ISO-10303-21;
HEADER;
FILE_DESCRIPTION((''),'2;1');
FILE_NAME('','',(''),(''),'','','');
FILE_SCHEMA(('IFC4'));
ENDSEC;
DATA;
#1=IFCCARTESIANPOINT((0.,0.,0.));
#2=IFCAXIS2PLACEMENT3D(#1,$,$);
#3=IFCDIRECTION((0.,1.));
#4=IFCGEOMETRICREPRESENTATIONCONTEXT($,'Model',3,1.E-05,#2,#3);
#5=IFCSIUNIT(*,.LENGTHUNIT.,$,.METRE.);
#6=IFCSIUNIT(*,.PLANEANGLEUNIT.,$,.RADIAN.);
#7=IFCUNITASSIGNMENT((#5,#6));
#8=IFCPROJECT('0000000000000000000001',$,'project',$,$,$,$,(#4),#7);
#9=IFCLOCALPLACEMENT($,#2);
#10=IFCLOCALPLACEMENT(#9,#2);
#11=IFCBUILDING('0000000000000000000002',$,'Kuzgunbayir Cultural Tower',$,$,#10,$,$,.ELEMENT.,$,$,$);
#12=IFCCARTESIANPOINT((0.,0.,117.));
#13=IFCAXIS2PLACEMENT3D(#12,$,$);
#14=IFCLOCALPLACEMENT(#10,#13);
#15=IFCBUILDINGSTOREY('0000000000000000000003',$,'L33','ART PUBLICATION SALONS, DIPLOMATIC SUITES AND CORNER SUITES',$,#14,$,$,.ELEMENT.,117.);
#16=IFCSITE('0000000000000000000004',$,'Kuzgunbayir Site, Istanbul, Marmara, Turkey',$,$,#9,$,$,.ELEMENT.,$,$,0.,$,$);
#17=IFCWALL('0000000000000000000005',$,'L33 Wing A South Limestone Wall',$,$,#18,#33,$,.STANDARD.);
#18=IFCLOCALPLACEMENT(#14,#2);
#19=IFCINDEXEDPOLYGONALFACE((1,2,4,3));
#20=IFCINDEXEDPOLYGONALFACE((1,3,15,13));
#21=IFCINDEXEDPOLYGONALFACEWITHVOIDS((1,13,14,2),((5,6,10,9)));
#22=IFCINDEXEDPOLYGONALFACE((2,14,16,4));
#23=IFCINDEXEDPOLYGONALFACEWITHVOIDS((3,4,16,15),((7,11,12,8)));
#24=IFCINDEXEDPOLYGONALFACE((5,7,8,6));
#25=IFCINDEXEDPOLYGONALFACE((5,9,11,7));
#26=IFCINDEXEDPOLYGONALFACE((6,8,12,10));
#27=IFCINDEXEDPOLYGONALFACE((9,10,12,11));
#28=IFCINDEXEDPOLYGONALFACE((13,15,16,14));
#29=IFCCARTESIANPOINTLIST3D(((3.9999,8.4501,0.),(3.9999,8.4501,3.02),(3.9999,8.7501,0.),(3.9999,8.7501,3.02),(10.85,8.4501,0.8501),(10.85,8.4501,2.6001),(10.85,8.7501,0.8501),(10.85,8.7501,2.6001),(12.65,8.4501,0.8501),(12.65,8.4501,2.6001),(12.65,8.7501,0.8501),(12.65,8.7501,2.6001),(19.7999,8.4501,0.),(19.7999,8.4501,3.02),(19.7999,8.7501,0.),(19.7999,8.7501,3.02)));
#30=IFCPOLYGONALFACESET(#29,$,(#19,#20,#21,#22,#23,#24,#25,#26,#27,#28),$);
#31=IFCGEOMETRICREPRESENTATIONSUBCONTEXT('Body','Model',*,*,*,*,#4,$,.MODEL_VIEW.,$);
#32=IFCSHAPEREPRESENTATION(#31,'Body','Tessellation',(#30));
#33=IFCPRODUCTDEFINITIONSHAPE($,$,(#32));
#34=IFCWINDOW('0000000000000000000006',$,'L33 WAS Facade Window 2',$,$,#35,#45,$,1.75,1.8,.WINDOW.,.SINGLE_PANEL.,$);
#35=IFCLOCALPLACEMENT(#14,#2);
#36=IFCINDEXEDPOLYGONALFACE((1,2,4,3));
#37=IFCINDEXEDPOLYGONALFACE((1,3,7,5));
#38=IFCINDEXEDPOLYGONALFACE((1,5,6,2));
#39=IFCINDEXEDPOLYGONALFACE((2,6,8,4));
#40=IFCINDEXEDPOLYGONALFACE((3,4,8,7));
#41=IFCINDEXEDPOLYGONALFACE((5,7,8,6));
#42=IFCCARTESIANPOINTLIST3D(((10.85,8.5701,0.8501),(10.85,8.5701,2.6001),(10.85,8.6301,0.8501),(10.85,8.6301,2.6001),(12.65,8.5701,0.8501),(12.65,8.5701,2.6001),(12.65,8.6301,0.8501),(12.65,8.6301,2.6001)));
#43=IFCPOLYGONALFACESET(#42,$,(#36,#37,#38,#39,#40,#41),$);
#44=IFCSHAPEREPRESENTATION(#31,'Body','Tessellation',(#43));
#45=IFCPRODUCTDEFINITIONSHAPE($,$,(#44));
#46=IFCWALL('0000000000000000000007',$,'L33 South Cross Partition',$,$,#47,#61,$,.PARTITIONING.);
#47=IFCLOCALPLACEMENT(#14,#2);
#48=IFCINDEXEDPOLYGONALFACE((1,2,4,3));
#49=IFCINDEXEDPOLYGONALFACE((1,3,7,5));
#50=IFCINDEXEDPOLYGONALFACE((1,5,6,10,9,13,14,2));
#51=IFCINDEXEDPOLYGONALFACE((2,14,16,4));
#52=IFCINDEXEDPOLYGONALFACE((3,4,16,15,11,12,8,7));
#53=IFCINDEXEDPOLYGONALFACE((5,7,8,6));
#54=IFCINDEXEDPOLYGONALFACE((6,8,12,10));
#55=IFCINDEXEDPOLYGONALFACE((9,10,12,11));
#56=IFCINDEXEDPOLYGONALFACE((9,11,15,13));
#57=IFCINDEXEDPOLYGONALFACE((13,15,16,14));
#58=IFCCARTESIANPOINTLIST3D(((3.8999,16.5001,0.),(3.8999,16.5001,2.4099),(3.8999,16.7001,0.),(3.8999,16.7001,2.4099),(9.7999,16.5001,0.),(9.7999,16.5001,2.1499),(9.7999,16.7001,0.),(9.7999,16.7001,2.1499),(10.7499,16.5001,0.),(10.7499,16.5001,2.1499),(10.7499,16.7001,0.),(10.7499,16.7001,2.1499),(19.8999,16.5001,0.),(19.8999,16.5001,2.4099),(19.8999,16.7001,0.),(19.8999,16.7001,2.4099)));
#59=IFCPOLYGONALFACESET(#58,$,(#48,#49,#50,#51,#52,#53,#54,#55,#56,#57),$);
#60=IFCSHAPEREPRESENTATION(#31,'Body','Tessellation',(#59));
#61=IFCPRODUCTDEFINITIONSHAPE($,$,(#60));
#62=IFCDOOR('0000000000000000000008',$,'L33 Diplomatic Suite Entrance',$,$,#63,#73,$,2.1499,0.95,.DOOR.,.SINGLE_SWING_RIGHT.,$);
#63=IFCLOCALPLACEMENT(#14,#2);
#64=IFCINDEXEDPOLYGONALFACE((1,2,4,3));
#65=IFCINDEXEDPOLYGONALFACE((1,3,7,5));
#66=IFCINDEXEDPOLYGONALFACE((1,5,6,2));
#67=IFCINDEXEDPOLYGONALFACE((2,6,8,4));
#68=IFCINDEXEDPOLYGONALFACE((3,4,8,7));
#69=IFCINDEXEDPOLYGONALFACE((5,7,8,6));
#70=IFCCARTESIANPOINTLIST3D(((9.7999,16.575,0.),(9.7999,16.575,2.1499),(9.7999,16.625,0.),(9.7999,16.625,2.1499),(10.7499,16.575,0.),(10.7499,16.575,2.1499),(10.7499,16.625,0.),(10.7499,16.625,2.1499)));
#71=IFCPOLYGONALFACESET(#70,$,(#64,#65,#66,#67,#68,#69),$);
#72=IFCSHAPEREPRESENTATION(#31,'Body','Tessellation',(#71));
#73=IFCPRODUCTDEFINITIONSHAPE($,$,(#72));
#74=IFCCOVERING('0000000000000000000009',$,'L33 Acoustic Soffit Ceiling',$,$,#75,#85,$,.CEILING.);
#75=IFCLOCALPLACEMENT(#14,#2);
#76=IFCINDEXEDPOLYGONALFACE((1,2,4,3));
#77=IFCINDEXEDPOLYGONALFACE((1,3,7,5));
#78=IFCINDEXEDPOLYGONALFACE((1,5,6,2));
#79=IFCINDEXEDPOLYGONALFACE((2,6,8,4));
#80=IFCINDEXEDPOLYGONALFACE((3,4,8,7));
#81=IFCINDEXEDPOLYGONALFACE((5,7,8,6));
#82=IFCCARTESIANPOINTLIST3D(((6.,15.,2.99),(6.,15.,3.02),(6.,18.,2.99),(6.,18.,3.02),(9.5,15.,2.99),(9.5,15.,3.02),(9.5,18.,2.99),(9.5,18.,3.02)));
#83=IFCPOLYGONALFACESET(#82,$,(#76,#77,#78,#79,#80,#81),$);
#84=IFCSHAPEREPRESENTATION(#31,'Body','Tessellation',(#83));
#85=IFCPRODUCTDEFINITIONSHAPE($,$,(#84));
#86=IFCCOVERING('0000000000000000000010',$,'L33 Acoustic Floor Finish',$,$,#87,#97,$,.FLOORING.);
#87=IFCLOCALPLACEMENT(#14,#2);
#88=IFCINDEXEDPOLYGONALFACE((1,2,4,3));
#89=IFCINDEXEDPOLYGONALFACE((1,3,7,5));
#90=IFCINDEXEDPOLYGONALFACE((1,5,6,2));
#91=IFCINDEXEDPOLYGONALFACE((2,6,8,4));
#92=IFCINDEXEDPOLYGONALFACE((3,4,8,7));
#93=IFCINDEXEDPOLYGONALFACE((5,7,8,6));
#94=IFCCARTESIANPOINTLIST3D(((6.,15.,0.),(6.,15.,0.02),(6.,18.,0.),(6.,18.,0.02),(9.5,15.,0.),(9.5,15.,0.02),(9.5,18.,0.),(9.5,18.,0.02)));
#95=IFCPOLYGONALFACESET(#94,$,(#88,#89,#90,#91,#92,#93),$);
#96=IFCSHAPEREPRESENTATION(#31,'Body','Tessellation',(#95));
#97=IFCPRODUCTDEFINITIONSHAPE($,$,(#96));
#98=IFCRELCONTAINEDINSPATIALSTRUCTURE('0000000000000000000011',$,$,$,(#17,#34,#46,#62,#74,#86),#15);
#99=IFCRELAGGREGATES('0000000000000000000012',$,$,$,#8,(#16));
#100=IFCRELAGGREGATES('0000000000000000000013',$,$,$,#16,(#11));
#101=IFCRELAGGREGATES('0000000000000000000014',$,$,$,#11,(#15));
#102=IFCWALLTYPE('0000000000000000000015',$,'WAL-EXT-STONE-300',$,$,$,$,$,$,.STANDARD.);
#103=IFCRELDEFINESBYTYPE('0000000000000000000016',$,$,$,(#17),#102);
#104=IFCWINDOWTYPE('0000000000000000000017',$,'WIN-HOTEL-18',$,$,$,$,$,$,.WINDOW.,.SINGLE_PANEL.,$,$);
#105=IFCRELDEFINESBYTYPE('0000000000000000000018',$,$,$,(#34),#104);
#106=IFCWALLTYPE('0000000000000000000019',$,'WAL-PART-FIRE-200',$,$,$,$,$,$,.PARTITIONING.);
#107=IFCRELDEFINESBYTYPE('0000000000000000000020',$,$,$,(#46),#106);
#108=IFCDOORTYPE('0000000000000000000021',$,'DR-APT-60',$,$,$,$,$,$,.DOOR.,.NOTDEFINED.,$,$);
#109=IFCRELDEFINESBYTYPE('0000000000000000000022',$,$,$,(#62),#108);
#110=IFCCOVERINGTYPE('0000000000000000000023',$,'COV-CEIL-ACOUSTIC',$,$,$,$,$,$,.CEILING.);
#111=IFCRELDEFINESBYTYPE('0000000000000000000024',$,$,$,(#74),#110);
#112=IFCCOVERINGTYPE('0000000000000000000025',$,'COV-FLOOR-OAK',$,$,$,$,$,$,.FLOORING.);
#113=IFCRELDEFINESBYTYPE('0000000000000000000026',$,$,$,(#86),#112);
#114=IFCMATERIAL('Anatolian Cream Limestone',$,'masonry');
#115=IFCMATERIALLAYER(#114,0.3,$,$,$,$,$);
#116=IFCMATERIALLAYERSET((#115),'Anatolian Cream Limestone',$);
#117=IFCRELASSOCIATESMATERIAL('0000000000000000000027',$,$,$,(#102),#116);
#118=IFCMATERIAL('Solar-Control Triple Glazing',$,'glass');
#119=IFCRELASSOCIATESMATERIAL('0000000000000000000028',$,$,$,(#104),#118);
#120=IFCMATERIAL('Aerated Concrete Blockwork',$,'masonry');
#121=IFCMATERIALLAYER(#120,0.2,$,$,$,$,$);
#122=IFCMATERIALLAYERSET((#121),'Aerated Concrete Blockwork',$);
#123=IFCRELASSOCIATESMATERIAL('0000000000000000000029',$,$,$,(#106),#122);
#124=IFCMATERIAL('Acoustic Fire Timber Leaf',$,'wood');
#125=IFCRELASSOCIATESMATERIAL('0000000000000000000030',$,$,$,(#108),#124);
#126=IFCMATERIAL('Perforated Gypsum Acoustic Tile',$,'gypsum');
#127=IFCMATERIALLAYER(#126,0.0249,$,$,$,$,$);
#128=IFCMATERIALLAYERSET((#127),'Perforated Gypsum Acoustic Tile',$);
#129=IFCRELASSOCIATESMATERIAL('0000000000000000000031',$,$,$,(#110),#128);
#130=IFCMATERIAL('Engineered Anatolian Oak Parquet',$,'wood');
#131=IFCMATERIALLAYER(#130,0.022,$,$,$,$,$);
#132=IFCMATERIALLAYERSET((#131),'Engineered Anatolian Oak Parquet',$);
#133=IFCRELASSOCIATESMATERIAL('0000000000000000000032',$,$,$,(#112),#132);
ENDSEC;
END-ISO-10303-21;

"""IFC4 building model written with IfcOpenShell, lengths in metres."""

from ifc_helpers import new_model, si_unit, direction, frame, frame_2d, origin, place, context, subcontext, project, spatial, polyline, rectangle, outline, extrude, material, layer, layer_set, type_object, element, fill, save


model = new_model("IFC4")

# Units and contexts
model_context = context("Model", 3, precision=1e-05, world=origin(), true_north=direction((0.0, 1.0)))
body_context = subcontext(model_context, "Body", "Model", "MODEL_VIEW")
ifc_project = project(units=[si_unit("LENGTHUNIT", "METRE"), si_unit("PLANEANGLEUNIT", "RADIAN")], contexts=[model_context])

# Site, building, storey
site_placement = place(None, origin())
site = spatial("IfcSite", under=ifc_project, at=site_placement, Name="Kuzgunbayir Site, Istanbul, Marmara, Turkey", CompositionType="ELEMENT", RefElevation=0.0)
building_placement = place(site_placement, origin())
building = spatial("IfcBuilding", under=site, at=building_placement, Name="Kuzgunbayir Cultural Tower", CompositionType="ELEMENT")
storey_placement = place(building_placement, frame((0.0, 0.0, 117.0)))
storey = spatial("IfcBuildingStorey", under=building, at=storey_placement, Name="L33", Description="ART PUBLICATION SALONS, DIPLOMATIC SUITES AND CORNER SUITES", CompositionType="ELEMENT", Elevation=117.0)

# Wall, opening, window
ifc_material_1 = material(Name="Anatolian Cream Limestone", Category="masonry")
ifc_layer_1 = layer(ifc_material_1, 0.3)
ifc_layer_set_1 = layer_set([ifc_layer_1], Name="Anatolian Cream Limestone")
wall_type_1 = type_object("IfcWallType", Name="WAL-EXT-STONE-300", PredefinedType="STANDARD", material=ifc_layer_set_1)
wall_1_placement = place(storey_placement, frame((4.0, 8.6001, 0.0), z_axis=(0.0, 0.0, 1.0), x_axis=(1.0, 0.0, 0.0)))
wall_1 = element("IfcWall", 1, at=wall_1_placement, inside=storey, type_object=wall_type_1, Name="L33 Wing A South Limestone Wall", PredefinedType="STANDARD", context=body_context, shape_type="SweptSolid", body=[
    extrude(rectangle(XDim=15.8, YDim=0.3, at=frame_2d((7.8999, 0.0))), origin(), (0.0, 0.0, 1.0), 3.02),
])
opening_1_placement = place(wall_1_placement, frame((6.8501, 0.0, 0.8501)))
opening_1 = element("IfcOpeningElement", 2, at=opening_1_placement, cuts=wall_1, PredefinedType="OPENING", context=body_context, shape_type="SweptSolid", body=[
    extrude(rectangle(XDim=1.8, YDim=1.75, at=frame_2d((0.8999, 0.875))), frame((0.0, 0.1602, 0.0), z_axis=(0.0, -1.0, 0.0), x_axis=(1.0, 0.0, 0.0)), (0.0, 0.0, 1.0), 0.3201),
])
ifc_material_2 = material(Name="Solar-Control Triple Glazing", Category="glass")
window_type = type_object("IfcWindowType", Name="WIN-HOTEL-18", PartitioningType="SINGLE_PANEL", PredefinedType="WINDOW", material=ifc_material_2)
window_placement = place(opening_1_placement, origin())
window = element("IfcWindow", 3, at=window_placement, inside=storey, type_object=window_type, Name="L33 WAS Facade Window 2", OverallHeight=1.75, OverallWidth=1.8, PartitioningType="SINGLE_PANEL", PredefinedType="WINDOW", context=body_context, shape_type="SweptSolid", body=[
    extrude(rectangle(XDim=1.8, YDim=1.75, at=frame_2d((0.8999, 0.875))), frame((0.0, 0.03, 0.0), z_axis=(0.0, -1.0, 0.0), x_axis=(1.0, 0.0, 0.0)), (0.0, 0.0, 1.0), 0.0601),
])
fill(opening_1, window)

# Wall, opening, door
ifc_material_3 = material(Name="Aerated Concrete Blockwork", Category="masonry")
ifc_layer_2 = layer(ifc_material_3, 0.2)
ifc_layer_set_2 = layer_set([ifc_layer_2], Name="Aerated Concrete Blockwork")
wall_type_2 = type_object("IfcWallType", Name="WAL-PART-FIRE-200", PredefinedType="PARTITIONING", material=ifc_layer_set_2)
wall_2_placement = place(storey_placement, frame((3.8999, 16.6001, 0.0), z_axis=(0.0, 0.0, 1.0), x_axis=(1.0, 0.0, 0.0)))
wall_2 = element("IfcWall", 4, at=wall_2_placement, inside=storey, type_object=wall_type_2, Name="L33 South Cross Partition", PredefinedType="PARTITIONING", context=body_context, shape_type="SweptSolid", body=[
    extrude(rectangle(XDim=16.0, YDim=0.2, at=frame_2d((8.0, 0.0))), origin(), (0.0, 0.0, 1.0), 2.4099),
])
opening_2_placement = place(wall_2_placement, frame((5.8999, 0.0, 0.0)))
opening_2 = element("IfcOpeningElement", 5, at=opening_2_placement, cuts=wall_2, PredefinedType="OPENING", context=body_context, shape_type="SweptSolid", body=[
    extrude(rectangle(XDim=0.95, YDim=2.1499, at=frame_2d((0.4751, 1.075))), frame((0.0, 0.1099, 0.0), z_axis=(0.0, -1.0, 0.0), x_axis=(1.0, 0.0, 0.0)), (0.0, 0.0, 1.0), 0.22),
])
ifc_material_4 = material(Name="Acoustic Fire Timber Leaf", Category="wood")
door_type = type_object("IfcDoorType", Name="DR-APT-60", OperationType="NOTDEFINED", PredefinedType="DOOR", material=ifc_material_4)
door_placement = place(opening_2_placement, origin())
door = element("IfcDoor", 6, at=door_placement, inside=storey, type_object=door_type, Name="L33 Diplomatic Suite Entrance", OperationType="SINGLE_SWING_RIGHT", OverallHeight=2.1499, OverallWidth=0.95, PredefinedType="DOOR", context=body_context, shape_type="SweptSolid", body=[
    extrude(rectangle(XDim=0.95, YDim=2.1499, at=frame_2d((0.4751, 1.075))), frame((0.0, 0.0249, 0.0), z_axis=(0.0, -1.0, 0.0), x_axis=(1.0, 0.0, 0.0)), (0.0, 0.0, 1.0), 0.05),
])
fill(opening_2, door)

# Coverings
ifc_material_5 = material(Name="Perforated Gypsum Acoustic Tile", Category="gypsum")
ifc_layer_3 = layer(ifc_material_5, 0.0249)
ifc_layer_set_3 = layer_set([ifc_layer_3], Name="Perforated Gypsum Acoustic Tile")
covering_type_1 = type_object("IfcCoveringType", Name="COV-CEIL-ACOUSTIC", PredefinedType="CEILING", material=ifc_layer_set_3)
covering_1_placement = place(storey_placement, frame((0.0, 0.0, 2.99)))
element("IfcCovering", 7, at=covering_1_placement, inside=storey, type_object=covering_type_1, Name="L33 Acoustic Soffit Ceiling", PredefinedType="CEILING", context=body_context, shape_type="SweptSolid", body=[
    extrude(outline(polyline([(6.0, 15.0), (9.5, 15.0), (9.5, 18.0), (6.0, 18.0), (6.0, 15.0)])), origin(), (0.0, 0.0, 1.0), 0.03),
])
ifc_material_6 = material(Name="Engineered Anatolian Oak Parquet", Category="wood")
ifc_layer_4 = layer(ifc_material_6, 0.022)
ifc_layer_set_4 = layer_set([ifc_layer_4], Name="Engineered Anatolian Oak Parquet")
covering_type_2 = type_object("IfcCoveringType", Name="COV-FLOOR-OAK", PredefinedType="FLOORING", material=ifc_layer_set_4)
covering_2_placement = place(storey_placement, origin())
element("IfcCovering", 8, at=covering_2_placement, inside=storey, type_object=covering_type_2, Name="L33 Acoustic Floor Finish", PredefinedType="FLOORING", context=body_context, shape_type="SweptSolid", body=[
    extrude(outline(polyline([(6.0, 15.0), (9.5, 15.0), (9.5, 18.0), (6.0, 18.0), (6.0, 15.0)])), origin(), (0.0, 0.0, 1.0), 0.02),
])

save(model, "model.ifc")
